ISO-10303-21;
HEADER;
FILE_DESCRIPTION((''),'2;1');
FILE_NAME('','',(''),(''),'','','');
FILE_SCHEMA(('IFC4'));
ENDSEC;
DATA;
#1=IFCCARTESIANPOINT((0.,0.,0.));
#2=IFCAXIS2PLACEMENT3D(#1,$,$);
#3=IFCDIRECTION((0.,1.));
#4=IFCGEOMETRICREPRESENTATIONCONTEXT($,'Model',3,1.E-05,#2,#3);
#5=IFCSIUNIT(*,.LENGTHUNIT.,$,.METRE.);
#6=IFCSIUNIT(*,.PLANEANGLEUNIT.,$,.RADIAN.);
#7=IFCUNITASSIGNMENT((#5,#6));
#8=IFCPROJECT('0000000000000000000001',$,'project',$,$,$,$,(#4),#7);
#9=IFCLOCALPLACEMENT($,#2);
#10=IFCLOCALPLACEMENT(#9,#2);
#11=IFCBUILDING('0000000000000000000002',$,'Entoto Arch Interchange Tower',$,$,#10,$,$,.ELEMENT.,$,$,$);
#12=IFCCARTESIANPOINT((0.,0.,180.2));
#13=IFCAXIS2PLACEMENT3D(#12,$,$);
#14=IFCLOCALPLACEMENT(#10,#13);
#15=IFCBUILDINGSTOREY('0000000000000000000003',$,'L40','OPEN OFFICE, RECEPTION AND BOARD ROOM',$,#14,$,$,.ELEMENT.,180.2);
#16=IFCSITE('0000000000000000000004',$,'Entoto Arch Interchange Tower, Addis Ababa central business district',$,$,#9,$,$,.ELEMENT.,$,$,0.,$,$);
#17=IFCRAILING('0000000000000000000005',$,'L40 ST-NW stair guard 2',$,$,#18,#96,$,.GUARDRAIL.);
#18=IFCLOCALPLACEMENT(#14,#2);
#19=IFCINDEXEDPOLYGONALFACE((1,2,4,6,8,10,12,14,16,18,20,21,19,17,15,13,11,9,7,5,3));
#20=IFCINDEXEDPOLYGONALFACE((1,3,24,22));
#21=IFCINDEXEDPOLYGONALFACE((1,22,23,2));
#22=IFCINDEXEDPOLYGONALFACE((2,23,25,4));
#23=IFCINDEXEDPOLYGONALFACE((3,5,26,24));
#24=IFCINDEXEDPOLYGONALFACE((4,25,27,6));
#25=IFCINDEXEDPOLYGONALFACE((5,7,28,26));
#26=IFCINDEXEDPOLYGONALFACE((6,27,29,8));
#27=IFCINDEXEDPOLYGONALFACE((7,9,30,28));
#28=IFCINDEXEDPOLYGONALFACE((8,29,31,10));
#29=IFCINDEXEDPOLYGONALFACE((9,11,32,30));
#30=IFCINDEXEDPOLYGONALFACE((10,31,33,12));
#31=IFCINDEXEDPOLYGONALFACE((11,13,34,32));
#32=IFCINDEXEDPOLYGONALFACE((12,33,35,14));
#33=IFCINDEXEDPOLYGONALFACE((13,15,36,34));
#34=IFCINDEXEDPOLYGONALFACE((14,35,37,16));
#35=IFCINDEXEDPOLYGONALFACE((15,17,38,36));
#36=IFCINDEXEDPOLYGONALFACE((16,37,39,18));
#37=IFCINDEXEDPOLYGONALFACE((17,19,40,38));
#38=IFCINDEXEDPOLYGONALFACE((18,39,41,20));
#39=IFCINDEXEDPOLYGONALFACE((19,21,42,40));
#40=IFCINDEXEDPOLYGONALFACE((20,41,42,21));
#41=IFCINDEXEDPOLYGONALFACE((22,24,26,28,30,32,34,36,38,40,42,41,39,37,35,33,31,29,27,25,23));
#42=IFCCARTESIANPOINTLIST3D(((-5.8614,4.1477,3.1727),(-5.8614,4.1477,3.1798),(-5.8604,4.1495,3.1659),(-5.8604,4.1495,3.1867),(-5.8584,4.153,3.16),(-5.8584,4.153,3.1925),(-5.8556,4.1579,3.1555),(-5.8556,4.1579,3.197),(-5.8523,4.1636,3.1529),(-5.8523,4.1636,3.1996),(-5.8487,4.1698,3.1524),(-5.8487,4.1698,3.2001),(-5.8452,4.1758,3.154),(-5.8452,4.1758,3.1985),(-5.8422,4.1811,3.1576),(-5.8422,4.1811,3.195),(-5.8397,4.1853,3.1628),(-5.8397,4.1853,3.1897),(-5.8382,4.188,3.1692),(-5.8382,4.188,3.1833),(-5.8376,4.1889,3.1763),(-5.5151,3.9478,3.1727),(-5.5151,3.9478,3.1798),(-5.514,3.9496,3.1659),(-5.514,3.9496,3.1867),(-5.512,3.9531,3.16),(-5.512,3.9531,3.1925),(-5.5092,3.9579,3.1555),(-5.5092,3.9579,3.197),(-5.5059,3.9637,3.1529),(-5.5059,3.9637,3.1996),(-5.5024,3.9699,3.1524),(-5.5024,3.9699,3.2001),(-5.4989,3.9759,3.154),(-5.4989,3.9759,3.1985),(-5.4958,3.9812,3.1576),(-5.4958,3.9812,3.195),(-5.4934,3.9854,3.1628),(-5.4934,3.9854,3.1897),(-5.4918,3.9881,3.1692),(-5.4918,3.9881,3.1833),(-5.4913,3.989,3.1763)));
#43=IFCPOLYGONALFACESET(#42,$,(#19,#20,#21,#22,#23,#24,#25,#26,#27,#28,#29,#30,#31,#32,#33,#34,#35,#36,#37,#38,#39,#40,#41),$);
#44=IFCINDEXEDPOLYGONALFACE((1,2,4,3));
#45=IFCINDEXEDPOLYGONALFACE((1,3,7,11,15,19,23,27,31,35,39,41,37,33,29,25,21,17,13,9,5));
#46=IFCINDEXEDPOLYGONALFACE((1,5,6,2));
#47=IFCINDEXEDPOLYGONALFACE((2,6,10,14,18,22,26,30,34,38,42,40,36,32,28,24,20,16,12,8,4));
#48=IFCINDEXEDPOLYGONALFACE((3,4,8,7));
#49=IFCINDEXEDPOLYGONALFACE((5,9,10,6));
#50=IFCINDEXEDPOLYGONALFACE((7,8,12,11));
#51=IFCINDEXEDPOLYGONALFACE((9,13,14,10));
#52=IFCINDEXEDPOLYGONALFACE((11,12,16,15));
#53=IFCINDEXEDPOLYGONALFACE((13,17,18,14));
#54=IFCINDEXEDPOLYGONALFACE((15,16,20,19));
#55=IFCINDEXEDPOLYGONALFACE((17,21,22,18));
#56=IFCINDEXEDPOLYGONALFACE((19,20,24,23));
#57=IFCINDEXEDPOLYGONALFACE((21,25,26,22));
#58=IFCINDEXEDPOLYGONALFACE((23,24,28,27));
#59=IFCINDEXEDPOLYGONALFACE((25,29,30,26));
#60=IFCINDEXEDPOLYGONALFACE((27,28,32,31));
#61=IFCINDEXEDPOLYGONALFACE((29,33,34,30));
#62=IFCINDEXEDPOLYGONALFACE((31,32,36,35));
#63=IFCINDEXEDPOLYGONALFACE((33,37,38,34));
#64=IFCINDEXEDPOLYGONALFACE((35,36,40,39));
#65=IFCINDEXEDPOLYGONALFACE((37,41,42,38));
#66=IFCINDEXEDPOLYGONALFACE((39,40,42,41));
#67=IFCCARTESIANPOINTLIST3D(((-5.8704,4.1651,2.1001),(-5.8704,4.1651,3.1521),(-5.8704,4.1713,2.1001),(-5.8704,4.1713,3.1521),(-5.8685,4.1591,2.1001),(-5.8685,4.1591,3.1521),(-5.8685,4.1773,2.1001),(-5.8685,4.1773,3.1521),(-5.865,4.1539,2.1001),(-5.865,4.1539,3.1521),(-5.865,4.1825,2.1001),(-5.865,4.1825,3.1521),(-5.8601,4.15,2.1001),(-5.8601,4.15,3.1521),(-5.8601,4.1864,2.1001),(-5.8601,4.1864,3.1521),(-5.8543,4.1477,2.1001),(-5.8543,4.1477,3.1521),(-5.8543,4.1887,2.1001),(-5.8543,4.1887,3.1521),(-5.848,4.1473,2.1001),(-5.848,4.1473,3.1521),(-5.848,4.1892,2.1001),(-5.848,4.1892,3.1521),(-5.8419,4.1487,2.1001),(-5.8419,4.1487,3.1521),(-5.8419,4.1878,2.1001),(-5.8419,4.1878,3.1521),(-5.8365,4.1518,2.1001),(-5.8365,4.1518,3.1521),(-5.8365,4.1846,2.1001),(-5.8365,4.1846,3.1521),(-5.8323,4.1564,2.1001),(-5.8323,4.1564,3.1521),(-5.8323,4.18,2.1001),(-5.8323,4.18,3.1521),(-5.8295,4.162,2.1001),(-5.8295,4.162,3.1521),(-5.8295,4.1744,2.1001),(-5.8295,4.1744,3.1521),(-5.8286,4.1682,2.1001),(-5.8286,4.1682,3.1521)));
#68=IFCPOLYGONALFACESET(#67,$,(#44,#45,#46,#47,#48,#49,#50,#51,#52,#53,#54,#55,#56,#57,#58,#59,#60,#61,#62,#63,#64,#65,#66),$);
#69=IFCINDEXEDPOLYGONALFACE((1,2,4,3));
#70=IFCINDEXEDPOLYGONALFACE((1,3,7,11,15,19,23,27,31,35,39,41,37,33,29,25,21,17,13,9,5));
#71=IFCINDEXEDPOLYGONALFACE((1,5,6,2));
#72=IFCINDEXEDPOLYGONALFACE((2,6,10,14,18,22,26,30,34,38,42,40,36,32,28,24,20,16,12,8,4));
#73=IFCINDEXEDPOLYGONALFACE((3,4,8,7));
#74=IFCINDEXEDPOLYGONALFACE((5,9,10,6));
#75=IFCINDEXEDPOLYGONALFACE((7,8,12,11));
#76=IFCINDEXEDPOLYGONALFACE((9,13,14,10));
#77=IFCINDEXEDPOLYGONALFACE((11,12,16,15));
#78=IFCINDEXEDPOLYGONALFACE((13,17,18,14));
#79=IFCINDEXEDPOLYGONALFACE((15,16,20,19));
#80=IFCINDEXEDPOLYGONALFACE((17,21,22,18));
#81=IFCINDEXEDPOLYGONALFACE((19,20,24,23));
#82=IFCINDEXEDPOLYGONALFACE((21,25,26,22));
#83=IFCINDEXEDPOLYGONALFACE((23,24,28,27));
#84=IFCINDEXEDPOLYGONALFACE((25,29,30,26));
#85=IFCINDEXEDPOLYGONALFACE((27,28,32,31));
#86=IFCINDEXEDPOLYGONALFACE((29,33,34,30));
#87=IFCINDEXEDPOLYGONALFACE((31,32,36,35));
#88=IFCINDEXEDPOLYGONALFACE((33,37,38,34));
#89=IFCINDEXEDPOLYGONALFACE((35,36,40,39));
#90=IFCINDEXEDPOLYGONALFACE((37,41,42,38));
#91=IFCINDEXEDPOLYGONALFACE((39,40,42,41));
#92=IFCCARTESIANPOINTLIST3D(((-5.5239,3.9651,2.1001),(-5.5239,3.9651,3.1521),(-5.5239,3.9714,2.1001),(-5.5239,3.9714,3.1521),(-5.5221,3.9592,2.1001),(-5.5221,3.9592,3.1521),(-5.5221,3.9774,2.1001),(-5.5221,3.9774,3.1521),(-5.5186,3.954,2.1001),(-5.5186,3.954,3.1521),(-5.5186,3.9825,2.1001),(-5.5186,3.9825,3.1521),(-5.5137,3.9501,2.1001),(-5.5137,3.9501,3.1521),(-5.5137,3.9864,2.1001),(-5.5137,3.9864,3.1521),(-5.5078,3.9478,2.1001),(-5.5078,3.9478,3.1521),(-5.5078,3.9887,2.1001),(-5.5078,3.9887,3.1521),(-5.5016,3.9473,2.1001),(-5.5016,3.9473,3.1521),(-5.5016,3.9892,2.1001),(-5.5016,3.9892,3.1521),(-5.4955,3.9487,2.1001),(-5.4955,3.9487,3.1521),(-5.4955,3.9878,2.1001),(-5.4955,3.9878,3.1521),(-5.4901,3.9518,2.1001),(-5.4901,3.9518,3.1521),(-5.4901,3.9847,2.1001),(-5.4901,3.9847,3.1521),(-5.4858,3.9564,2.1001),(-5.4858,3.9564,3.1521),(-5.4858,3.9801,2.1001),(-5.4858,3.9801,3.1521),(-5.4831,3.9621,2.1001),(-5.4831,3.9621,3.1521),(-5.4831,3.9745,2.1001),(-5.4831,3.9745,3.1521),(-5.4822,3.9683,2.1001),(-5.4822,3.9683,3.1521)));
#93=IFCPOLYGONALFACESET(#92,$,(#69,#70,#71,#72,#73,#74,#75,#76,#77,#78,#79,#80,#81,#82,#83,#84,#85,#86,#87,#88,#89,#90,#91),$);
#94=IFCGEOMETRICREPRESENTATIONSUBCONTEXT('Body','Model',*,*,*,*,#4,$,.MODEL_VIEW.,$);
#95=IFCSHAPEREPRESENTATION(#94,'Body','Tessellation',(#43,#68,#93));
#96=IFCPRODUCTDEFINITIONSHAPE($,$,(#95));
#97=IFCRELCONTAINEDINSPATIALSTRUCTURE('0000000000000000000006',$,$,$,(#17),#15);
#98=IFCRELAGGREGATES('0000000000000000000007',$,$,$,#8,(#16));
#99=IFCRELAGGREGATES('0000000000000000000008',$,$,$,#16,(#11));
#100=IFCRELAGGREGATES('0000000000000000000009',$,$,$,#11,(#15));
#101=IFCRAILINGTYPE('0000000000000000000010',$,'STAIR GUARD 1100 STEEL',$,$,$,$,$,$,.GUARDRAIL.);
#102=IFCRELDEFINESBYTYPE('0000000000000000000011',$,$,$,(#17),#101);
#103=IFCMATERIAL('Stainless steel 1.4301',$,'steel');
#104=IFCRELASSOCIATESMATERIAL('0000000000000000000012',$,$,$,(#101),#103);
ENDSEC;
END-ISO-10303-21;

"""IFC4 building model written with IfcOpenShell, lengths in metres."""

from ifc_helpers import new_model, si_unit, direction, frame, origin, origin_2d, place, context, subcontext, project, spatial, circle, extrude, material, type_object, element, save


model = new_model("IFC4")

# Units and contexts
model_context = context("Model", 3, precision=1e-05, world=origin(), true_north=direction((0.0, 1.0)))
body_context = subcontext(model_context, "Body", "Model", "MODEL_VIEW")
ifc_project = project(units=[si_unit("LENGTHUNIT", "METRE"), si_unit("PLANEANGLEUNIT", "RADIAN")], contexts=[model_context])

# Site, building, storey
site_placement = place(None, origin())
site = spatial("IfcSite", under=ifc_project, at=site_placement, Name="Entoto Arch Interchange Tower, Addis Ababa central business district", CompositionType="ELEMENT", RefElevation=0.0)
building_placement = place(site_placement, origin())
building = spatial("IfcBuilding", under=site, at=building_placement, Name="Entoto Arch Interchange Tower", CompositionType="ELEMENT")
storey_placement = place(building_placement, frame((0.0, 0.0, 180.2)))
storey = spatial("IfcBuildingStorey", under=building, at=storey_placement, Name="L40", Description="OPEN OFFICE, RECEPTION AND BOARD ROOM", CompositionType="ELEMENT", Elevation=180.2)

# Railing
ifc_material_1 = material(Name="Stainless steel 1.4301", Category="steel")
railing_type_1 = type_object("IfcRailingType", Name="STAIR GUARD 1100 STEEL", PredefinedType="GUARDRAIL", material=ifc_material_1)
railing_1_placement = place(storey_placement, frame((-5.8496, 4.1682, 2.1001)))
element("IfcRailing", 1, at=railing_1_placement, inside=storey, type_object=railing_type_1, Name="L40 ST-NW stair guard 2", PredefinedType="GUARDRAIL", context=body_context, shape_type="SweptSolid", body=[
    extrude(circle(Radius=0.0239, at=origin_2d()), frame((0.0, 0.0, 1.0762), z_axis=(0.866094, -0.499881, 0.0), x_axis=(0.499881, 0.866094, 0.0)), (0.0, 0.0, 1.0), 0.3999),
    extrude(circle(Radius=0.021, at=origin_2d()), origin(), (0.0, 0.0, 1.0), 1.052),
    extrude(circle(Radius=0.021, at=origin_2d()), frame((0.3464, -0.2, 0.0)), (0.0, 0.0, 1.0), 1.052),
])

save(model, "model.ifc")
